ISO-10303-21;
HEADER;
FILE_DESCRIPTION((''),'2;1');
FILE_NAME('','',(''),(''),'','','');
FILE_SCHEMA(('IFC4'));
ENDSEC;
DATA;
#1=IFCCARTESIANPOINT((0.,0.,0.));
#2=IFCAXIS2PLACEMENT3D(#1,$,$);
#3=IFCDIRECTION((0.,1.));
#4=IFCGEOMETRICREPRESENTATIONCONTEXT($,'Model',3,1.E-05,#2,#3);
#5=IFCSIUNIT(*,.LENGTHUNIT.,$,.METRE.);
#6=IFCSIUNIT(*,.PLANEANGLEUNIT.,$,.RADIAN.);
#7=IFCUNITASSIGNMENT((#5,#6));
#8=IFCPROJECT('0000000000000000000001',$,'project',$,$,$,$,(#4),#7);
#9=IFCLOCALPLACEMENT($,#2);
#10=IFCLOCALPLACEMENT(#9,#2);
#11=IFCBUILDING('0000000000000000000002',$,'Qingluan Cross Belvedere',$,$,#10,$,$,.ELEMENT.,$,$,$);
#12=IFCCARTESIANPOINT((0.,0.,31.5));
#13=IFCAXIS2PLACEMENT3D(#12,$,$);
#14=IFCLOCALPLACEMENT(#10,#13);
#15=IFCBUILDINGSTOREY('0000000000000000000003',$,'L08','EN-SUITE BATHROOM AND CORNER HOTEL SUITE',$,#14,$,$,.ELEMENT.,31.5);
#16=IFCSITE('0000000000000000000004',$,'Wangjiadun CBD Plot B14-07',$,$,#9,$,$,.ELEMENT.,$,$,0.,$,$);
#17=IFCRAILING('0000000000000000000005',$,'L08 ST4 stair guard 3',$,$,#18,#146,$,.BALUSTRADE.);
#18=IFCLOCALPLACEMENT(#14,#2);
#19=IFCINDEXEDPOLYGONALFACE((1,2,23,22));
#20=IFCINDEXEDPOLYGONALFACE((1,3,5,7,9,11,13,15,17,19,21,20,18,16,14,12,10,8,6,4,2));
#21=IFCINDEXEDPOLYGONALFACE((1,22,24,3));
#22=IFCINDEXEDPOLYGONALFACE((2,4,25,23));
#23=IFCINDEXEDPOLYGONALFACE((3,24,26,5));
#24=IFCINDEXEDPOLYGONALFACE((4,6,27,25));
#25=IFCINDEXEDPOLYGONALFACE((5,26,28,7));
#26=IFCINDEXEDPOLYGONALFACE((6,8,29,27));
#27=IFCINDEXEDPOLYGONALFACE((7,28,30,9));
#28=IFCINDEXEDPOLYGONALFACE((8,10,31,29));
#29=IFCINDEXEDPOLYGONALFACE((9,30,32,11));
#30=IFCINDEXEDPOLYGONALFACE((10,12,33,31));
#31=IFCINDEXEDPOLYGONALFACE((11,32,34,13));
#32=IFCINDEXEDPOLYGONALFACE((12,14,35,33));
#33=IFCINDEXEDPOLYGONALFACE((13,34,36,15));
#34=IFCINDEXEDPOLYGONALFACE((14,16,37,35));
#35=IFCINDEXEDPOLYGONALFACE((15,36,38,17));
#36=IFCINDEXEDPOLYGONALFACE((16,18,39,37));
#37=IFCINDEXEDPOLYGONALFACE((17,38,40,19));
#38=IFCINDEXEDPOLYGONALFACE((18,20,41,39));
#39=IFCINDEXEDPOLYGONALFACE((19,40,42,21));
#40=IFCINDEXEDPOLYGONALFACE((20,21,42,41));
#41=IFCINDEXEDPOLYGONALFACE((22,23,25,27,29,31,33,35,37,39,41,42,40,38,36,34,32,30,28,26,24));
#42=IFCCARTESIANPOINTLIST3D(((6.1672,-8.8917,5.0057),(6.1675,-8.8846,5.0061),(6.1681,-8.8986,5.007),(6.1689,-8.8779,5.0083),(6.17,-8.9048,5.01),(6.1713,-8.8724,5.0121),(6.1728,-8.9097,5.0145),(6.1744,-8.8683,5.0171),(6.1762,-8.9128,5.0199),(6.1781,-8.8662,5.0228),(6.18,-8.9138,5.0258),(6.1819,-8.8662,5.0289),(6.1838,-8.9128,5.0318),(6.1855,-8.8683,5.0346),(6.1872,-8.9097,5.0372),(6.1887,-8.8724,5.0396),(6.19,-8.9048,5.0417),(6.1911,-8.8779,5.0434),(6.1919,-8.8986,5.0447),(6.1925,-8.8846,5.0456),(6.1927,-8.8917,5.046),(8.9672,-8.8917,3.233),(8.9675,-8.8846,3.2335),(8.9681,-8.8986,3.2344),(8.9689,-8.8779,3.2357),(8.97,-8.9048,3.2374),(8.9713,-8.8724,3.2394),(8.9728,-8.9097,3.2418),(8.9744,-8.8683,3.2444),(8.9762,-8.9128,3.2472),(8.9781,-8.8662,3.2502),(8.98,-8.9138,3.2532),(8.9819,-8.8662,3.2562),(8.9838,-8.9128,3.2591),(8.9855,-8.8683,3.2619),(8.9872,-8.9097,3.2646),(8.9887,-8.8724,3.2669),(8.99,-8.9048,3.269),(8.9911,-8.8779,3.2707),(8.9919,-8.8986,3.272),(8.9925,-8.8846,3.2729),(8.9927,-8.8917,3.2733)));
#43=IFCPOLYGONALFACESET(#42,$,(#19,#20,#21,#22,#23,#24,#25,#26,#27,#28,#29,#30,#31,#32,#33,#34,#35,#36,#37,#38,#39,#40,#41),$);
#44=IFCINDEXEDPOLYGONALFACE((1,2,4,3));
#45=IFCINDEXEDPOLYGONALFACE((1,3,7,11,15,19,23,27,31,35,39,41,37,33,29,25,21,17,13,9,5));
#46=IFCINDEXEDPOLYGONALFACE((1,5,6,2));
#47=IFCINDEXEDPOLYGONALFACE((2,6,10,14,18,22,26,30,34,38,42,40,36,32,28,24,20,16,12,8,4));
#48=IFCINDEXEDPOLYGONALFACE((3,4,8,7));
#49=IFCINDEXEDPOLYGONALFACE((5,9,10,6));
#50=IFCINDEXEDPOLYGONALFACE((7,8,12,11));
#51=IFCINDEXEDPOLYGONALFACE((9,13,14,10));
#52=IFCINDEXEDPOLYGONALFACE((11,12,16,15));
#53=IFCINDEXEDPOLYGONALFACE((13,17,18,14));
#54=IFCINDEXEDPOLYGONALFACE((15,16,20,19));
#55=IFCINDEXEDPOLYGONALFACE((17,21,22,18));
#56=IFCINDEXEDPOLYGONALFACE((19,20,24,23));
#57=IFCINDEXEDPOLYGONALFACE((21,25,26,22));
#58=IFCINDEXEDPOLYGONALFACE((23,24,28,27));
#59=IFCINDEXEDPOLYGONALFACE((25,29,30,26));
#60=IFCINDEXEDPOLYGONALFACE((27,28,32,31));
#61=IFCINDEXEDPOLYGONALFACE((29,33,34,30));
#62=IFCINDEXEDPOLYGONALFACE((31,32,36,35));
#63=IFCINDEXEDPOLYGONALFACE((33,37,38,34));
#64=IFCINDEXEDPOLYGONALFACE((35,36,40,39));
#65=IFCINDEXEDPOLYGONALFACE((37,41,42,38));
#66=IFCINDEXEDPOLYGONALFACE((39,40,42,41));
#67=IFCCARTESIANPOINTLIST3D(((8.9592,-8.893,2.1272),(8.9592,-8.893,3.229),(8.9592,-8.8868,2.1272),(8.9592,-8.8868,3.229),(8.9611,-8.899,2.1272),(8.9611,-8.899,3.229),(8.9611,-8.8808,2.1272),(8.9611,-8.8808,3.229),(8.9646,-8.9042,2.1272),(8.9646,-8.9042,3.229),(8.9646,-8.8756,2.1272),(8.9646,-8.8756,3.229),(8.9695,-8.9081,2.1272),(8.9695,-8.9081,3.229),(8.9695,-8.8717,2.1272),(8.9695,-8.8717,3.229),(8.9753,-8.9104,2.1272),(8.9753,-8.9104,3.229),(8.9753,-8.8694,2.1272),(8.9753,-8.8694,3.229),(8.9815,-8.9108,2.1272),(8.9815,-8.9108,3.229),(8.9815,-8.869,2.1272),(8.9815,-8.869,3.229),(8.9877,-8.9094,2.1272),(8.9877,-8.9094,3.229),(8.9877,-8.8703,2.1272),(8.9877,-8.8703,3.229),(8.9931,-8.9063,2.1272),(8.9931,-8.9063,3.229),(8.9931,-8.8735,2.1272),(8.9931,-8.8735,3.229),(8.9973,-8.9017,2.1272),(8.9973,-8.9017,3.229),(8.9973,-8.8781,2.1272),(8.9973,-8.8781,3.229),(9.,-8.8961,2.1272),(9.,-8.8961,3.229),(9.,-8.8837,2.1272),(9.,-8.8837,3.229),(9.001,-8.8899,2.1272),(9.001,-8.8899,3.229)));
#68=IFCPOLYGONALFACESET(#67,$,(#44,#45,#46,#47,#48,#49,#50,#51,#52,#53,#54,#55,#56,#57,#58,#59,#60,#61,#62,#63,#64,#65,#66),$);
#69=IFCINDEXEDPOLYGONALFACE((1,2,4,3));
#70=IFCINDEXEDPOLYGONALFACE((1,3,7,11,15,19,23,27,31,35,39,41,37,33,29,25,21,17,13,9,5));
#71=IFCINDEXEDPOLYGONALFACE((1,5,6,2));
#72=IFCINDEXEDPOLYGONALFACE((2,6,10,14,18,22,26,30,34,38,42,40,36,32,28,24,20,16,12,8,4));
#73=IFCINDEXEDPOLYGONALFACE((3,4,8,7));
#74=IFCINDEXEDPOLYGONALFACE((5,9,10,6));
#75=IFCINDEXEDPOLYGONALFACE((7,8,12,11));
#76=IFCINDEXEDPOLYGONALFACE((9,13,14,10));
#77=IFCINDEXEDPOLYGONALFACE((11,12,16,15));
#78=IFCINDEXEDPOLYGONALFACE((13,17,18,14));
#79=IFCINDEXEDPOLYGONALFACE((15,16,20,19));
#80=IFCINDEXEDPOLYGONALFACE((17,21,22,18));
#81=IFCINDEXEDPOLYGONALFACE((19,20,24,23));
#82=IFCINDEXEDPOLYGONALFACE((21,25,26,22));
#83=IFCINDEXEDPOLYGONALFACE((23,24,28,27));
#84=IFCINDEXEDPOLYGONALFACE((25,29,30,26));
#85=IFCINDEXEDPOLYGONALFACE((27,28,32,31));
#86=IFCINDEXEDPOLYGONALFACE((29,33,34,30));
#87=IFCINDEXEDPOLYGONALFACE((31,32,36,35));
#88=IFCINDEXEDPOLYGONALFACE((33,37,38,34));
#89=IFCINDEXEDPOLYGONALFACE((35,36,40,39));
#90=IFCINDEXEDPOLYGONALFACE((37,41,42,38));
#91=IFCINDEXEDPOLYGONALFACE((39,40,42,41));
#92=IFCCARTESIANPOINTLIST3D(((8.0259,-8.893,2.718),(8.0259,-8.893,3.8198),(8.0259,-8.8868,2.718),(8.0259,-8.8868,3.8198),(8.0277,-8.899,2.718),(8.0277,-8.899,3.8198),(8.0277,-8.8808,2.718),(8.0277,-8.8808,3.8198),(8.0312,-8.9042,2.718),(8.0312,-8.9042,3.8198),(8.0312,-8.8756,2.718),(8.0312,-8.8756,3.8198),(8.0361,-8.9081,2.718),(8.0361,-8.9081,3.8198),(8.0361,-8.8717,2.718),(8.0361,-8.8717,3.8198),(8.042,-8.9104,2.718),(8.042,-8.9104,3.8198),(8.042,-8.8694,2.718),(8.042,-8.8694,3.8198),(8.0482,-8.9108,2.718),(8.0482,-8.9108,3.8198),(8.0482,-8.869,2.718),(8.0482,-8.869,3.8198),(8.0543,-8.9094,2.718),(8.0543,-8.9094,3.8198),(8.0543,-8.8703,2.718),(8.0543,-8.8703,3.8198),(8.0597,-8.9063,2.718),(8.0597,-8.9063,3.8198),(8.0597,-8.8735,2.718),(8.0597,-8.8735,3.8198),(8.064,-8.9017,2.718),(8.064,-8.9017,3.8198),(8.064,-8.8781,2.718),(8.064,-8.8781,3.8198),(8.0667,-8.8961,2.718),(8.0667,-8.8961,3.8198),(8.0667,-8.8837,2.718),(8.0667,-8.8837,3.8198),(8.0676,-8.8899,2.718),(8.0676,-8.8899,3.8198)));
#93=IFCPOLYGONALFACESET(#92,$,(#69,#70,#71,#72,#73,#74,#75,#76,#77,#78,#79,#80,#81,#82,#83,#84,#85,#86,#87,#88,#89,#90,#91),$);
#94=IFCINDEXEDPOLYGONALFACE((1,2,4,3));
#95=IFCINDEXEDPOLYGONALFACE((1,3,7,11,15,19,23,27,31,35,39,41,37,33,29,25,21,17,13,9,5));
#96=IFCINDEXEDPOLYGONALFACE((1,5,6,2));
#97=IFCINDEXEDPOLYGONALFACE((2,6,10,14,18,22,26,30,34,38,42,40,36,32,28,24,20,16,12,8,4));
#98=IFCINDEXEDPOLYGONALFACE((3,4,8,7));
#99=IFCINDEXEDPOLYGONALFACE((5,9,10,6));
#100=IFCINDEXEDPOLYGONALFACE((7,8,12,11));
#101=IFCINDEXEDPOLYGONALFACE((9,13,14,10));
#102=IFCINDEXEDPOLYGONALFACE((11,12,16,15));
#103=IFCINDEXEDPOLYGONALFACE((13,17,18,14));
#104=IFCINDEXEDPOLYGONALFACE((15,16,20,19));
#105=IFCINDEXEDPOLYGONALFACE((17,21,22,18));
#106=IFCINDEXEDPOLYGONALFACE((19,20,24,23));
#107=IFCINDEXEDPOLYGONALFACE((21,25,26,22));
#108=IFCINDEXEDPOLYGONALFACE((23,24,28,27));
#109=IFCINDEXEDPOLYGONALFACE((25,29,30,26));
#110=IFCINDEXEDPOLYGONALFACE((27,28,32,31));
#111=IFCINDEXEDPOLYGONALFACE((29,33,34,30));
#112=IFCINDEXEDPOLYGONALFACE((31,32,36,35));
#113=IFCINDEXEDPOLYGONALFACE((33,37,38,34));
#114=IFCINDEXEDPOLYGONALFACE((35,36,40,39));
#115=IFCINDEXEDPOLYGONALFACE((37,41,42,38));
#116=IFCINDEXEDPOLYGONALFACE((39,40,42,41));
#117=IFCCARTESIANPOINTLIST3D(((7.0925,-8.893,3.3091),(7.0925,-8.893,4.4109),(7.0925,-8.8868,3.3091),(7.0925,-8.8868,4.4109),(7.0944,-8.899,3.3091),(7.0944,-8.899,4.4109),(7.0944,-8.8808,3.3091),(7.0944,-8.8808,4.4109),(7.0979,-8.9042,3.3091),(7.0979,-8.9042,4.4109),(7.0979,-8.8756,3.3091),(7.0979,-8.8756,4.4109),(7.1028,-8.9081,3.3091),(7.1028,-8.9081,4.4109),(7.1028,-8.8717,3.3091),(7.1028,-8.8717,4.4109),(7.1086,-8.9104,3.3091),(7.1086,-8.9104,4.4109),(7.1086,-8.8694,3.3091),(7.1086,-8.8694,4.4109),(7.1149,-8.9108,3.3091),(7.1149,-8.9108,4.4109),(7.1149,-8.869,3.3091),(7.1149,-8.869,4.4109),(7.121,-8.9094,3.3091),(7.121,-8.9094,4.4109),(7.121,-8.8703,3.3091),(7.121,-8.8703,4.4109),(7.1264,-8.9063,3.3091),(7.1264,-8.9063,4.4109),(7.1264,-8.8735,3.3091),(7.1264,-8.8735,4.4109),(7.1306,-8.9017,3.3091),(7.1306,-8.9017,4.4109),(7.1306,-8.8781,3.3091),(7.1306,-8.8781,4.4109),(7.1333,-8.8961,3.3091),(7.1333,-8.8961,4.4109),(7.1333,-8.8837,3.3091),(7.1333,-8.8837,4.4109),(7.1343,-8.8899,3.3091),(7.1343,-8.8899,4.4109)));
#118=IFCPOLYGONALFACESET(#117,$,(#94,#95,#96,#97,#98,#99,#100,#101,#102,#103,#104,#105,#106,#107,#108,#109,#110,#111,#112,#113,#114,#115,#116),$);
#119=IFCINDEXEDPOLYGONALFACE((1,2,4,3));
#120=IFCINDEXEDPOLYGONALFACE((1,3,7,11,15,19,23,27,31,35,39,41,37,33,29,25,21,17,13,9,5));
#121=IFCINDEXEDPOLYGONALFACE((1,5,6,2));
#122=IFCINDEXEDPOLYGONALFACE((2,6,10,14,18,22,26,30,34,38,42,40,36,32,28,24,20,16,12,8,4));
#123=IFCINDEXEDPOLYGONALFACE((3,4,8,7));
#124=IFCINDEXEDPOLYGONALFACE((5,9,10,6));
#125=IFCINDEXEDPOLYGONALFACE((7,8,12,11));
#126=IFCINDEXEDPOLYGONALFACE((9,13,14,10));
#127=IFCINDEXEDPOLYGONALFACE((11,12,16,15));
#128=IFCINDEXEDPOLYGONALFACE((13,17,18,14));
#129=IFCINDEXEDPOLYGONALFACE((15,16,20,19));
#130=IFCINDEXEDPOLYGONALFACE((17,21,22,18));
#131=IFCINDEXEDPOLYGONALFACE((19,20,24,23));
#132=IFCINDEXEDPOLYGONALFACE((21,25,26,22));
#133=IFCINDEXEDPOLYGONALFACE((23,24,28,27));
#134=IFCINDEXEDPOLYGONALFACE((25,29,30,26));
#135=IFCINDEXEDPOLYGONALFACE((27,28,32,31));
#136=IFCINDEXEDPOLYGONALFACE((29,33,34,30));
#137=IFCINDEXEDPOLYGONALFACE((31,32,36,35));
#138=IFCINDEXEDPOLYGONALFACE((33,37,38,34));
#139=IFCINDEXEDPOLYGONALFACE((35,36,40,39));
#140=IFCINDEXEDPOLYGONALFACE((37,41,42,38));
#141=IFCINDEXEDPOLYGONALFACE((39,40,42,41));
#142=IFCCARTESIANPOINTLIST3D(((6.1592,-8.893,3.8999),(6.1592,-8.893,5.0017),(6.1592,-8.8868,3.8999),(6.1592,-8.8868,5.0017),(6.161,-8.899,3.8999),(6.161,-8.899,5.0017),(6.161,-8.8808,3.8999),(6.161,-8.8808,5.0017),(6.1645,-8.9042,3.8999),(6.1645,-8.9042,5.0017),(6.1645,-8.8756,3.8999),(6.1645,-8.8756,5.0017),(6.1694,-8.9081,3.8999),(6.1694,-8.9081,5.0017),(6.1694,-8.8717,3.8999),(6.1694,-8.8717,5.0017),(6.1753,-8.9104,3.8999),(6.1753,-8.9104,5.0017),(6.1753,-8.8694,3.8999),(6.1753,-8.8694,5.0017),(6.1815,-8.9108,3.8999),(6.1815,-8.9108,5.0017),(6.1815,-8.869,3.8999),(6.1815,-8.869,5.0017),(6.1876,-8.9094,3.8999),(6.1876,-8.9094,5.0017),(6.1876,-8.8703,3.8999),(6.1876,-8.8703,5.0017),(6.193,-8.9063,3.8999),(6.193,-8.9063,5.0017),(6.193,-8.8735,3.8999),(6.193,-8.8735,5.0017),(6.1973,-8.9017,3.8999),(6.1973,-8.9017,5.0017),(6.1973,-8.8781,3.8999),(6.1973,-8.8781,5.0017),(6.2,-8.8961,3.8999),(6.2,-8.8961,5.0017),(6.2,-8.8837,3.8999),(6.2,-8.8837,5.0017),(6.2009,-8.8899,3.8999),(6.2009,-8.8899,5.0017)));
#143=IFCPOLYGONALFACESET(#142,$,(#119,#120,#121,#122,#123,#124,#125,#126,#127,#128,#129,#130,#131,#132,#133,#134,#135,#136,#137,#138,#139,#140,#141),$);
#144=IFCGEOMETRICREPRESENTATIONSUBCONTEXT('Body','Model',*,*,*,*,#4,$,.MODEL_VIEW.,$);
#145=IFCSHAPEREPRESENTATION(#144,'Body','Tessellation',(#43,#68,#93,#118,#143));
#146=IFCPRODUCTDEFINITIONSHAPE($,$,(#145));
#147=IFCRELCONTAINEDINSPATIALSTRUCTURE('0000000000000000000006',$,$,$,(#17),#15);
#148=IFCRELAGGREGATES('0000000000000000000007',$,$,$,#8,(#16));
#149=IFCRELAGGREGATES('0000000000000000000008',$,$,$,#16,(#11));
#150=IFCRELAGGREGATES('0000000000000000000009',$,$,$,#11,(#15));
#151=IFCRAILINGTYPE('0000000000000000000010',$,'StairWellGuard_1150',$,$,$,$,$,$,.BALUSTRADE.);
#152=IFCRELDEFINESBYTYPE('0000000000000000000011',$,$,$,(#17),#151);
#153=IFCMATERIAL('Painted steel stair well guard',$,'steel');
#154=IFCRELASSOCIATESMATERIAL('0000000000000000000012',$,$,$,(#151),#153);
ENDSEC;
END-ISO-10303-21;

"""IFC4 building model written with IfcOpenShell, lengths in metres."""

from ifc_helpers import new_model, si_unit, direction, frame, origin, origin_2d, place, context, subcontext, project, spatial, circle, extrude, material, type_object, element, save


model = new_model("IFC4")

# Units and contexts
model_context = context("Model", 3, precision=1e-05, world=origin(), true_north=direction((0.0, 1.0)))
body_context = subcontext(model_context, "Body", "Model", "MODEL_VIEW")
ifc_project = project(units=[si_unit("LENGTHUNIT", "METRE"), si_unit("PLANEANGLEUNIT", "RADIAN")], contexts=[model_context])

# Site, building, storey
site_placement = place(None, origin())
site = spatial("IfcSite", under=ifc_project, at=site_placement, Name="Wangjiadun CBD Plot B14-07", CompositionType="ELEMENT", RefElevation=0.0)
building_placement = place(site_placement, origin())
building = spatial("IfcBuilding", under=site, at=building_placement, Name="Qingluan Cross Belvedere", CompositionType="ELEMENT")
storey_placement = place(building_placement, frame((0.0, 0.0, 31.5)))
storey = spatial("IfcBuildingStorey", under=building, at=storey_placement, Name="L08", Description="EN-SUITE BATHROOM AND CORNER HOTEL SUITE", CompositionType="ELEMENT", Elevation=31.5)

# Railing
ifc_material_1 = material(Name="Painted steel stair well guard", Category="steel")
railing_type_1 = type_object("IfcRailingType", Name="StairWellGuard_1150", PredefinedType="BALUSTRADE", material=ifc_material_1)
railing_1_placement = place(storey_placement, frame((8.98, -8.8899, 2.1272)))
element("IfcRailing", 1, at=railing_1_placement, inside=storey, type_object=railing_type_1, Name="L08 ST4 stair guard 3", PredefinedType="BALUSTRADE", context=body_context, shape_type="SweptSolid", body=[
    extrude(circle(Radius=0.0239, at=origin_2d()), frame((0.0, 0.0, 1.126), z_axis=(-0.844909, 0.0, 0.53491), x_axis=(0.0, -1.0, 0.0)), (0.0, 0.0, 1.0), 3.314),
    extrude(circle(Radius=0.021, at=origin_2d()), origin(), (0.0, 0.0, 1.0), 1.1018),
    extrude(circle(Radius=0.021, at=origin_2d()), frame((-0.9333, 0.0, 0.5908)), (0.0, 0.0, 1.0), 1.1018),
    extrude(circle(Radius=0.021, at=origin_2d()), frame((-1.8667, 0.0, 1.1819)), (0.0, 0.0, 1.0), 1.1018),
    extrude(circle(Radius=0.021, at=origin_2d()), frame((-2.8, 0.0, 1.7727)), (0.0, 0.0, 1.0), 1.1018),
])

save(model, "model.ifc")
